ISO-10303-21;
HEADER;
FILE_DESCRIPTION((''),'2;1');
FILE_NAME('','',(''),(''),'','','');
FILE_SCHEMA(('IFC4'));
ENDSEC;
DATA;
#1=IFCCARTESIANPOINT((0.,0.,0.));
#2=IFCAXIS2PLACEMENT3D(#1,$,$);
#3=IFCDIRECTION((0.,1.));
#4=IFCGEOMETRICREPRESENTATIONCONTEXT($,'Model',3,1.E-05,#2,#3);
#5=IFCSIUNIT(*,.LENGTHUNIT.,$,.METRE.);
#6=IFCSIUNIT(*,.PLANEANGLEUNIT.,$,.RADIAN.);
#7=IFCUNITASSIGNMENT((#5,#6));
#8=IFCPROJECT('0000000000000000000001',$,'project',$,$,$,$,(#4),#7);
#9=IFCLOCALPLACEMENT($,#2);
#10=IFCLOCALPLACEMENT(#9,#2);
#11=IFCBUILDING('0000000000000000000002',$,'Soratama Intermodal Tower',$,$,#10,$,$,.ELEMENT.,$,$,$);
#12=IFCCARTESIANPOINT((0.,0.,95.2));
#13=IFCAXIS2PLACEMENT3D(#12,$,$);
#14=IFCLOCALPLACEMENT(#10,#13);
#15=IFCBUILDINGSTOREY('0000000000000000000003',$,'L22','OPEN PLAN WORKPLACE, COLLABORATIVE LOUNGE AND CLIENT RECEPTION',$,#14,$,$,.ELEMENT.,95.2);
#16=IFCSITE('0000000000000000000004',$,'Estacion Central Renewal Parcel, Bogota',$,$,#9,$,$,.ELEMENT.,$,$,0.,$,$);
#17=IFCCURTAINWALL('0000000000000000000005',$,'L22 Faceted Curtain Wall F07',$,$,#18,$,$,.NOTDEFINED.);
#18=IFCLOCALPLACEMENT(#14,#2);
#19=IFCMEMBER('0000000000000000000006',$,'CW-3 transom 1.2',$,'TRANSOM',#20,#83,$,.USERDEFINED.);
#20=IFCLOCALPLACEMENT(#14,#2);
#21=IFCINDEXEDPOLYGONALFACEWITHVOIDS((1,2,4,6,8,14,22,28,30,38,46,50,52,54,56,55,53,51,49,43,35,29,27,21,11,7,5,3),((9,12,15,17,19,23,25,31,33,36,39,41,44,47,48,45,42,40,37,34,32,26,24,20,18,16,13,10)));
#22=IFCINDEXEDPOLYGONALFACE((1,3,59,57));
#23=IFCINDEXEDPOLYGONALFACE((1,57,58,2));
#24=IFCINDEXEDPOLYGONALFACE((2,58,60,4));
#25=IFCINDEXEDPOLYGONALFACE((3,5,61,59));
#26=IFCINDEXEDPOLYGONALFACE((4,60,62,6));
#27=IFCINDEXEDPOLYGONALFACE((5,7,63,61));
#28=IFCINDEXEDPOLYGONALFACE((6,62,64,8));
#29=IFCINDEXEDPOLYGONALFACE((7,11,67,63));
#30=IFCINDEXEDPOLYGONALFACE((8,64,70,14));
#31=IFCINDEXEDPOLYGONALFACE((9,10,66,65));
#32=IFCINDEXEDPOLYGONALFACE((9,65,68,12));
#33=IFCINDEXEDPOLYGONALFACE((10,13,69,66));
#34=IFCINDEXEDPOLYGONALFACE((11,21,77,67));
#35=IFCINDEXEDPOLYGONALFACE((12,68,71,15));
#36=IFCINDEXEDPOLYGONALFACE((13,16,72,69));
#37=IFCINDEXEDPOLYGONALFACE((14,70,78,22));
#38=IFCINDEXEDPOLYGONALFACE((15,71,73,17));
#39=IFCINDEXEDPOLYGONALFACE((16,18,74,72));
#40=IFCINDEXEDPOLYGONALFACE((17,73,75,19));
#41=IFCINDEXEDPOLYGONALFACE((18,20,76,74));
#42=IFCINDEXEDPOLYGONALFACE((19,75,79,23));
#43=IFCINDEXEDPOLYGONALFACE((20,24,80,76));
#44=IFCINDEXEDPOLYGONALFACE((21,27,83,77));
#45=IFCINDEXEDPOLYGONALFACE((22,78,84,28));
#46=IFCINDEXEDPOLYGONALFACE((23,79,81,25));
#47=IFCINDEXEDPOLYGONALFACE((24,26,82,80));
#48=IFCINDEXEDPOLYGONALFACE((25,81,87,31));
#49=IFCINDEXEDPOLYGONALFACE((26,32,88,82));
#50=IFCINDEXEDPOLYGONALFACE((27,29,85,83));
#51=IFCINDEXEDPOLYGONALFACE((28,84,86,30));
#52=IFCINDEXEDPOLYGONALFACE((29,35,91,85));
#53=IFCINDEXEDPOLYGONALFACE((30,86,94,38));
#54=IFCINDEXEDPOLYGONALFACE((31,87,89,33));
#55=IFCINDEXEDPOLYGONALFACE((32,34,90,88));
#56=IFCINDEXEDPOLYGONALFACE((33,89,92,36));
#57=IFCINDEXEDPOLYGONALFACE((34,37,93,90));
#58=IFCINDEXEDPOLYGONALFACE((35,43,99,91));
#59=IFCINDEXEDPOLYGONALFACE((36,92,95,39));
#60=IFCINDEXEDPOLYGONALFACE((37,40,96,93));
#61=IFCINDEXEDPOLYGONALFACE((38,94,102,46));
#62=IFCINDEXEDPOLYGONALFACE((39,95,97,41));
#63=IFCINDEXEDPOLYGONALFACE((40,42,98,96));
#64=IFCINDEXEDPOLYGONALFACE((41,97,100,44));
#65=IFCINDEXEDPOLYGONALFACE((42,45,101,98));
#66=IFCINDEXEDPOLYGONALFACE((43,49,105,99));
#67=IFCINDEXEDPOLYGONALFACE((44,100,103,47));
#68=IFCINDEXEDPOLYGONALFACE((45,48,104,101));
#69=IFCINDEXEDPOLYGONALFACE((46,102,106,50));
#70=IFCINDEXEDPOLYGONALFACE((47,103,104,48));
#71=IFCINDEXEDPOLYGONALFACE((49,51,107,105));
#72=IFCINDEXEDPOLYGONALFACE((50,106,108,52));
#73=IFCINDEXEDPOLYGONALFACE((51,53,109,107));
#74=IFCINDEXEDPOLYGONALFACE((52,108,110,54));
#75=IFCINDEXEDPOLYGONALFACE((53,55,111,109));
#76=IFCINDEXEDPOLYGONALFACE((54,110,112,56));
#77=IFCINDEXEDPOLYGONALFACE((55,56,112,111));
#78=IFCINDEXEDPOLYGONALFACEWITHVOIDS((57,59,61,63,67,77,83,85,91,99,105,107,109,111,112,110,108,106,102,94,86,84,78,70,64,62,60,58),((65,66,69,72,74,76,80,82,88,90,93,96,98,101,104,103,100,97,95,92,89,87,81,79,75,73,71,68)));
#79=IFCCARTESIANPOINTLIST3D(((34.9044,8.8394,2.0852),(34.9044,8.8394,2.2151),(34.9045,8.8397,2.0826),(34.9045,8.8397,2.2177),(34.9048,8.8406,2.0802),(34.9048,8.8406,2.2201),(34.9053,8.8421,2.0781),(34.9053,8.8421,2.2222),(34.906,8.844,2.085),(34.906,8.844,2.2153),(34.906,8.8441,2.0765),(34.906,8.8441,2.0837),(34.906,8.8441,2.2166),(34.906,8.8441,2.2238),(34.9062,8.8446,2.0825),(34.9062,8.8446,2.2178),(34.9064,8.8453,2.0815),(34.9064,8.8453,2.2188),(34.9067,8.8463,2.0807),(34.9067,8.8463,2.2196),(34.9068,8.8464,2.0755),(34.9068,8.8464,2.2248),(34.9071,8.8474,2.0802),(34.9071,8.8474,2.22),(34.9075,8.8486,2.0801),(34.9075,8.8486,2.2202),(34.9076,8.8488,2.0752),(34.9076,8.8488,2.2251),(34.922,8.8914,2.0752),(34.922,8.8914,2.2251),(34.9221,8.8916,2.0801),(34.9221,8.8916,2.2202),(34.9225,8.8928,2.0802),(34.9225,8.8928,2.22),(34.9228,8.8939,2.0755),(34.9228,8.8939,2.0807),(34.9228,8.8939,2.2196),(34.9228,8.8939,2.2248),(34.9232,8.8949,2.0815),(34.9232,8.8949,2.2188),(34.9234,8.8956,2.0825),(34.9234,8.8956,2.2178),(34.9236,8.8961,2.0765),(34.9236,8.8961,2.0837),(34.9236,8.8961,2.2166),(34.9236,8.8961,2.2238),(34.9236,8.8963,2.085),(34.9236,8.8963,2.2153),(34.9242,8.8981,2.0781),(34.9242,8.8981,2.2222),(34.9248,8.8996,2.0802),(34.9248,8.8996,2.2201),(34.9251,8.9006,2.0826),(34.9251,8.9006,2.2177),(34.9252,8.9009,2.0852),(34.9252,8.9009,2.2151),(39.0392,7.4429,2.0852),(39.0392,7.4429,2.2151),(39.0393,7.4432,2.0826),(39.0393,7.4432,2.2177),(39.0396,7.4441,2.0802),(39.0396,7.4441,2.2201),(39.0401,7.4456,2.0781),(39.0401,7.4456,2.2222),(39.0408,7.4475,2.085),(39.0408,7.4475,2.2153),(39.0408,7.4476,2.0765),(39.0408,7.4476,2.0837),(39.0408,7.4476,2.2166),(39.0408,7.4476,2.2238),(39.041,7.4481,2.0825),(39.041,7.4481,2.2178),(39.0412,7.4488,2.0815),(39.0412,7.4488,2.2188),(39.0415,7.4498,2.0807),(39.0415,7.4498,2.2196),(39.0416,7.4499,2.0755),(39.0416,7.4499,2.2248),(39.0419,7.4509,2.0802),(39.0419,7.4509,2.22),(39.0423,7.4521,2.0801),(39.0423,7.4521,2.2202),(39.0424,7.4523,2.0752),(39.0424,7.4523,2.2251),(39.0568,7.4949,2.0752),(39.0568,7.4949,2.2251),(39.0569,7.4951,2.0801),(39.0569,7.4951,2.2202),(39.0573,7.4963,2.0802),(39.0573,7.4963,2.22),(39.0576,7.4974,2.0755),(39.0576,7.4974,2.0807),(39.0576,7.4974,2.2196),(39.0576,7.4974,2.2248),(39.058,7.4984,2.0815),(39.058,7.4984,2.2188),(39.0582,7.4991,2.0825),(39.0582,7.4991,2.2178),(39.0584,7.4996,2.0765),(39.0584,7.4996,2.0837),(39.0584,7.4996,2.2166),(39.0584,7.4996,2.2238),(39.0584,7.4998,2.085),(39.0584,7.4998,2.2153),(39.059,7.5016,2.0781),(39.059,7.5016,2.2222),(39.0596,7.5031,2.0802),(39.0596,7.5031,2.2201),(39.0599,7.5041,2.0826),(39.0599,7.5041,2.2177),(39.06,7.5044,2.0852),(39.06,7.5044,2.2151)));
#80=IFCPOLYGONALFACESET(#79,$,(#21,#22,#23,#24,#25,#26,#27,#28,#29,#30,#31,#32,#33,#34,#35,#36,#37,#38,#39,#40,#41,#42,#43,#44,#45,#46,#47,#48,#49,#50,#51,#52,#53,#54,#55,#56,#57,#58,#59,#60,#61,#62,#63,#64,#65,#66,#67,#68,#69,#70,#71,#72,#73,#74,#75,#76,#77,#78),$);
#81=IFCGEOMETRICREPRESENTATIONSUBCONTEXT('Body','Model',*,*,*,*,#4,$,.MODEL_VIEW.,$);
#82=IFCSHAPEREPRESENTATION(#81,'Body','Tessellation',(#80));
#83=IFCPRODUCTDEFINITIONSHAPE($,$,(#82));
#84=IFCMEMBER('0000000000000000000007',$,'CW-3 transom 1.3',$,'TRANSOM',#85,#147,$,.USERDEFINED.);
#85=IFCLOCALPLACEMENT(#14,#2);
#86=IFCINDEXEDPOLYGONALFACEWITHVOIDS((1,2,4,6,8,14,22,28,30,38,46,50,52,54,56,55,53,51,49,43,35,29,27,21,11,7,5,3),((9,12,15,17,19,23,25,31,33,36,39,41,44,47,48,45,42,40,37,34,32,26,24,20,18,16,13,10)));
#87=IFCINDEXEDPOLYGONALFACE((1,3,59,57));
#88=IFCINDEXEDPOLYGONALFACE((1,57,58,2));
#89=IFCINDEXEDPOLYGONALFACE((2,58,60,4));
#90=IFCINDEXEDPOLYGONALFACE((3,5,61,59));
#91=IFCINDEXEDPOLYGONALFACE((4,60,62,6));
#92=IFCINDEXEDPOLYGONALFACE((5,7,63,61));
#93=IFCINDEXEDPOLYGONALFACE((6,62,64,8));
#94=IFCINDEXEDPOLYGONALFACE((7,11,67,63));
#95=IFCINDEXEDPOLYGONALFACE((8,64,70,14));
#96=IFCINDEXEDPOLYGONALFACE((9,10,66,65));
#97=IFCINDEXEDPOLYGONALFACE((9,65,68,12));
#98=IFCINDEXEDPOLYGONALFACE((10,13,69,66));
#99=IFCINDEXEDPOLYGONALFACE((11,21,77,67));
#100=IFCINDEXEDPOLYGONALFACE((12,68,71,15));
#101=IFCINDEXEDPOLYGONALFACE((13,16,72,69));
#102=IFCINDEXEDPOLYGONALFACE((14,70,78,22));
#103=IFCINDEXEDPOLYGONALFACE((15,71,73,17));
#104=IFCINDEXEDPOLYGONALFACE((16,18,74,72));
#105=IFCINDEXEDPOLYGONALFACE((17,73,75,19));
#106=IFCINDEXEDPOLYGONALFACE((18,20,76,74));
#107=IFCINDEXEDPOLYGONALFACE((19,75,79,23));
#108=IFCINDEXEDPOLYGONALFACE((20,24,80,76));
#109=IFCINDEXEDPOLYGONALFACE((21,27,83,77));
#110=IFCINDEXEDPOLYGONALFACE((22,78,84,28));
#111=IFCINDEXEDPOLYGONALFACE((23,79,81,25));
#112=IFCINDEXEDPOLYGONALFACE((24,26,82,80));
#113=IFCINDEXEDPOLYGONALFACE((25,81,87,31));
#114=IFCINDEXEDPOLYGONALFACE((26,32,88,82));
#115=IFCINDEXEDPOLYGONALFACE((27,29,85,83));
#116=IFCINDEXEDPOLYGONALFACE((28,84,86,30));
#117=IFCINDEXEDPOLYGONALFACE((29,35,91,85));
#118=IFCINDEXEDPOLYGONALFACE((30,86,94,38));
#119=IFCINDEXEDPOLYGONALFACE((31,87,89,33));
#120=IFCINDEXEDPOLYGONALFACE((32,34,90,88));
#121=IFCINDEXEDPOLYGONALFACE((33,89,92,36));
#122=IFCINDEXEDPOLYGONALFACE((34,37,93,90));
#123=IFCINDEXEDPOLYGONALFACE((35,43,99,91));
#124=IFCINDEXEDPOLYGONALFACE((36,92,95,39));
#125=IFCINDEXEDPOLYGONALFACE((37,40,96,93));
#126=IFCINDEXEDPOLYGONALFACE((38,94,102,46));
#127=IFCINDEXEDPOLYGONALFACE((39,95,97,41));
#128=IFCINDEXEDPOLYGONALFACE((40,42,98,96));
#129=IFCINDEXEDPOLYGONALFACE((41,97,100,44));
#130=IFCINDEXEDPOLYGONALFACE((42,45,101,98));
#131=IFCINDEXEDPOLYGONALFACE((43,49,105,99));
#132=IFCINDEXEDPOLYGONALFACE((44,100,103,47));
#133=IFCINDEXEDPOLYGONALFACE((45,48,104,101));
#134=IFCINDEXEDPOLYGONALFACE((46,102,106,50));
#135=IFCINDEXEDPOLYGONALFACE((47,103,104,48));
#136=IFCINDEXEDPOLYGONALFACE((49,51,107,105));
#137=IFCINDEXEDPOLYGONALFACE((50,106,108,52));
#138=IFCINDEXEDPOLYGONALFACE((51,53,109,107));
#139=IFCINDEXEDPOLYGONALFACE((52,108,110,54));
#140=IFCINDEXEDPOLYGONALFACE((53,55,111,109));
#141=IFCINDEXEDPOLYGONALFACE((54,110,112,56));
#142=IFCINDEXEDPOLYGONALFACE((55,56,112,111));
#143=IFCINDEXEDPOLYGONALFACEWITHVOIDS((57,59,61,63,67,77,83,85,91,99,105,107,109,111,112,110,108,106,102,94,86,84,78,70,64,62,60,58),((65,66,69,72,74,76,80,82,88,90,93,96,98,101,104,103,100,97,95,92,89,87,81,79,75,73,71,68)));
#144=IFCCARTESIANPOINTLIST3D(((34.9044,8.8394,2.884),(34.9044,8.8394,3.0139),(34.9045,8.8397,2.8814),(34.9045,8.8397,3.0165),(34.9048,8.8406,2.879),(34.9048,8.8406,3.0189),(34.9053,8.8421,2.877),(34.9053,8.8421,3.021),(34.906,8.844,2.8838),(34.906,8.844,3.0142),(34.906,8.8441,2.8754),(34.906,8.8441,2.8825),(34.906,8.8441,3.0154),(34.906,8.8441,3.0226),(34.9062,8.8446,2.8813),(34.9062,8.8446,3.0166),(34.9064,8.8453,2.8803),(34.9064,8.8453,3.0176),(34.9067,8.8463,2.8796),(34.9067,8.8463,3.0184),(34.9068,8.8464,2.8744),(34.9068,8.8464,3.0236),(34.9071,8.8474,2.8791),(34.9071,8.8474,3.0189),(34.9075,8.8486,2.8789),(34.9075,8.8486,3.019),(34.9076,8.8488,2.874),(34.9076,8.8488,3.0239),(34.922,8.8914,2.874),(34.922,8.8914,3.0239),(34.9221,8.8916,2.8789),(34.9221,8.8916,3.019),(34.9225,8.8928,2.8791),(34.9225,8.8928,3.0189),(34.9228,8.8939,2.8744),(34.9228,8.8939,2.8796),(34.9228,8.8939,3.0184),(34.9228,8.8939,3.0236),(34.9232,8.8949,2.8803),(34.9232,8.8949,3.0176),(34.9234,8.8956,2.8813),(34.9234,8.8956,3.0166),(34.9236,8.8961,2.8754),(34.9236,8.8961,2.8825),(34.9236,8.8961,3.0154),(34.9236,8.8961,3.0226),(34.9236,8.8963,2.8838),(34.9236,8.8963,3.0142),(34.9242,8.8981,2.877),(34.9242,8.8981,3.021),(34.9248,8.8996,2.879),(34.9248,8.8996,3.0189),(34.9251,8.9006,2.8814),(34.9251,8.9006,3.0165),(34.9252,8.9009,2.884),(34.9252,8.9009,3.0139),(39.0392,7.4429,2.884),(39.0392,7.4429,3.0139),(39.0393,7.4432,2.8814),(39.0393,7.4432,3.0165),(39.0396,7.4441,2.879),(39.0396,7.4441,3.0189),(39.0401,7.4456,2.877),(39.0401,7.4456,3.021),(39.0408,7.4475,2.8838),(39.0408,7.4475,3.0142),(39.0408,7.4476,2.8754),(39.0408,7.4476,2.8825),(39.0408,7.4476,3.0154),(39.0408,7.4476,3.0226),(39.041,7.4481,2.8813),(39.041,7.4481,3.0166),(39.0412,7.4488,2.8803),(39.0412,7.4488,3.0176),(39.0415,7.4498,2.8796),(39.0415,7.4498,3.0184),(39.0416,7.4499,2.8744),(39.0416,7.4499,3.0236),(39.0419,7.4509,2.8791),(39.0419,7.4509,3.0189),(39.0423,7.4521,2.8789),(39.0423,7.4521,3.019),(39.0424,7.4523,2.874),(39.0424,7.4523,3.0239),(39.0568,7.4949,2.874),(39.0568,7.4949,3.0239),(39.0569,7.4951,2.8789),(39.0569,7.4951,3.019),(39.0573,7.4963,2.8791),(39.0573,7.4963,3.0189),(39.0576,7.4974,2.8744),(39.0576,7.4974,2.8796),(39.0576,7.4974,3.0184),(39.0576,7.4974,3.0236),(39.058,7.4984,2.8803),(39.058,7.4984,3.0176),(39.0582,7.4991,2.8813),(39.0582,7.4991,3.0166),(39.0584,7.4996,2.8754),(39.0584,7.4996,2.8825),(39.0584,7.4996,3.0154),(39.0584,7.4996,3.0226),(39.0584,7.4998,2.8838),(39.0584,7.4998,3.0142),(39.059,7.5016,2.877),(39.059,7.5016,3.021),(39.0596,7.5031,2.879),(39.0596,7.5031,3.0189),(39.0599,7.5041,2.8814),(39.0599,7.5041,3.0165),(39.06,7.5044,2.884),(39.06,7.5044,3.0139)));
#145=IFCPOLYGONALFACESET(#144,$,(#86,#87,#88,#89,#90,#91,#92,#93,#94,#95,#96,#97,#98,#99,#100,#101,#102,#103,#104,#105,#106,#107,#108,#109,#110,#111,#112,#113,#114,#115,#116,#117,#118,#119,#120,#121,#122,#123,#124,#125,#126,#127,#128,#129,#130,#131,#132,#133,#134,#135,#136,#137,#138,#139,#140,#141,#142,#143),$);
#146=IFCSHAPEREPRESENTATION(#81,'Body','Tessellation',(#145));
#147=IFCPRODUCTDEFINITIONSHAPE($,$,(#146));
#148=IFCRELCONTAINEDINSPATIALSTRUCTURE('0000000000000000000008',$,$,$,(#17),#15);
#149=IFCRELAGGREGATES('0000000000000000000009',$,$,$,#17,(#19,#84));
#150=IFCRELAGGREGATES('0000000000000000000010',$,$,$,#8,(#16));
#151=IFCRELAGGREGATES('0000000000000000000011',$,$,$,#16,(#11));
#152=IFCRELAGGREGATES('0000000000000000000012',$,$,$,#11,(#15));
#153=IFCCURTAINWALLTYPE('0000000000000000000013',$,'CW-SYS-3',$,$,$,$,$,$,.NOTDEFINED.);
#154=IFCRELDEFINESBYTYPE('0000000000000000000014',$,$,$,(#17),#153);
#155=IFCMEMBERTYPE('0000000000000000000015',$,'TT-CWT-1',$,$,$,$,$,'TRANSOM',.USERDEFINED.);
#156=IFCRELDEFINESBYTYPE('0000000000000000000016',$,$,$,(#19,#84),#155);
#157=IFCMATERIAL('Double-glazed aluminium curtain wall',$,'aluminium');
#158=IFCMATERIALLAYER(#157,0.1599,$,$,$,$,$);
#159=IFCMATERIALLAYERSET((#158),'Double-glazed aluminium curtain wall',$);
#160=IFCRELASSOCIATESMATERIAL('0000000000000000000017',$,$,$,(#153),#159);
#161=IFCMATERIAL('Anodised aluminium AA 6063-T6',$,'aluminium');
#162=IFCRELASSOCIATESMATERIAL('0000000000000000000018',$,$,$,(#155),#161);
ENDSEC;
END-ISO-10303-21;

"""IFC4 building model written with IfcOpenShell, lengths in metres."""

from ifc_helpers import new_model, si_unit, direction, frame, origin, origin_2d, place, context, subcontext, project, spatial, hollow_rectangle, extrude, material, layer, layer_set, material_profile, profile_set, type_object, element, aggregate, save


model = new_model("IFC4")

# Units and contexts
model_context = context("Model", 3, precision=1e-05, world=origin(), true_north=direction((0.0, 1.0)))
body_context = subcontext(model_context, "Body", "Model", "MODEL_VIEW")
ifc_project = project(units=[si_unit("LENGTHUNIT", "METRE"), si_unit("PLANEANGLEUNIT", "RADIAN")], contexts=[model_context])

# Site, building, storey
site_placement = place(None, origin())
site = spatial("IfcSite", under=ifc_project, at=site_placement, Name="Estacion Central Renewal Parcel, Bogota", CompositionType="ELEMENT", RefElevation=0.0)
building_placement = place(site_placement, origin())
building = spatial("IfcBuilding", under=site, at=building_placement, Name="Soratama Intermodal Tower", CompositionType="ELEMENT")
storey_placement = place(building_placement, frame((0.0, 0.0, 95.2)))
storey = spatial("IfcBuildingStorey", under=building, at=storey_placement, Name="L22", Description="OPEN PLAN WORKPLACE, COLLABORATIVE LOUNGE AND CLIENT RECEPTION", CompositionType="ELEMENT", Elevation=95.2)

# Curtain wall, members
ifc_material_1 = material(Name="Double-glazed aluminium curtain wall", Category="aluminium")
ifc_layer_1 = layer(ifc_material_1, 0.1599)
ifc_layer_set_1 = layer_set([ifc_layer_1], Name="Double-glazed aluminium curtain wall")
curtain_wall_type = type_object("IfcCurtainWallType", Name="CW-SYS-3", PredefinedType="NOTDEFINED", material=ifc_layer_set_1)
curtain_wall_placement = place(storey_placement, origin())
curtain_wall = element("IfcCurtainWall", 1, at=curtain_wall_placement, inside=storey, type_object=curtain_wall_type, Name="L22 Faceted Curtain Wall F07", PredefinedType="NOTDEFINED")
ifc_material_2 = material(Name="Anodised aluminium AA 6063-T6", Category="aluminium")
ifc_material_profile_1 = material_profile(ifc_material_2, hollow_rectangle(XDim=0.0649, YDim=0.1499, WallThickness=0.0049, InnerFilletRadius=0.0049, OuterFilletRadius=0.01, at=origin_2d()), Name="CWT150X65X5")
ifc_profile_set_1 = profile_set([ifc_material_profile_1], Name="Anodised aluminium AA 6063-T6")
member_type_1 = type_object("IfcMemberType", Name="TT-CWT-1", ElementType="TRANSOM", PredefinedType="USERDEFINED", material=ifc_profile_set_1)
member_1_placement = place(storey_placement, frame((34.9148, 8.8701, 2.1501), z_axis=(0.947423, -0.319985, 0.0), x_axis=(0.319985, 0.947423, 0.0)))
member_1 = element("IfcMember", 2, at=member_1_placement, type_object=member_type_1, Name="CW-3 transom 1.2", ObjectType="TRANSOM", PredefinedType="USERDEFINED", context=body_context, shape_type="SweptSolid", body=[
    extrude(hollow_rectangle(XDim=0.0649, YDim=0.1499, WallThickness=0.0049, InnerFilletRadius=0.0049, OuterFilletRadius=0.01, at=origin_2d()), origin(), (0.0, 0.0, 1.0), 4.3643),
])
member_2_placement = place(storey_placement, frame((34.9148, 8.8701, 2.949), z_axis=(0.947423, -0.319985, 0.0), x_axis=(0.319985, 0.947423, 0.0)))
member_2 = element("IfcMember", 3, at=member_2_placement, type_object=member_type_1, Name="CW-3 transom 1.3", ObjectType="TRANSOM", PredefinedType="USERDEFINED", context=body_context, shape_type="SweptSolid", body=[
    extrude(hollow_rectangle(XDim=0.0649, YDim=0.1499, WallThickness=0.0049, InnerFilletRadius=0.0049, OuterFilletRadius=0.01, at=origin_2d()), origin(), (0.0, 0.0, 1.0), 4.3643),
])
aggregate(curtain_wall, [member_1, member_2])

save(model, "model.ifc")
